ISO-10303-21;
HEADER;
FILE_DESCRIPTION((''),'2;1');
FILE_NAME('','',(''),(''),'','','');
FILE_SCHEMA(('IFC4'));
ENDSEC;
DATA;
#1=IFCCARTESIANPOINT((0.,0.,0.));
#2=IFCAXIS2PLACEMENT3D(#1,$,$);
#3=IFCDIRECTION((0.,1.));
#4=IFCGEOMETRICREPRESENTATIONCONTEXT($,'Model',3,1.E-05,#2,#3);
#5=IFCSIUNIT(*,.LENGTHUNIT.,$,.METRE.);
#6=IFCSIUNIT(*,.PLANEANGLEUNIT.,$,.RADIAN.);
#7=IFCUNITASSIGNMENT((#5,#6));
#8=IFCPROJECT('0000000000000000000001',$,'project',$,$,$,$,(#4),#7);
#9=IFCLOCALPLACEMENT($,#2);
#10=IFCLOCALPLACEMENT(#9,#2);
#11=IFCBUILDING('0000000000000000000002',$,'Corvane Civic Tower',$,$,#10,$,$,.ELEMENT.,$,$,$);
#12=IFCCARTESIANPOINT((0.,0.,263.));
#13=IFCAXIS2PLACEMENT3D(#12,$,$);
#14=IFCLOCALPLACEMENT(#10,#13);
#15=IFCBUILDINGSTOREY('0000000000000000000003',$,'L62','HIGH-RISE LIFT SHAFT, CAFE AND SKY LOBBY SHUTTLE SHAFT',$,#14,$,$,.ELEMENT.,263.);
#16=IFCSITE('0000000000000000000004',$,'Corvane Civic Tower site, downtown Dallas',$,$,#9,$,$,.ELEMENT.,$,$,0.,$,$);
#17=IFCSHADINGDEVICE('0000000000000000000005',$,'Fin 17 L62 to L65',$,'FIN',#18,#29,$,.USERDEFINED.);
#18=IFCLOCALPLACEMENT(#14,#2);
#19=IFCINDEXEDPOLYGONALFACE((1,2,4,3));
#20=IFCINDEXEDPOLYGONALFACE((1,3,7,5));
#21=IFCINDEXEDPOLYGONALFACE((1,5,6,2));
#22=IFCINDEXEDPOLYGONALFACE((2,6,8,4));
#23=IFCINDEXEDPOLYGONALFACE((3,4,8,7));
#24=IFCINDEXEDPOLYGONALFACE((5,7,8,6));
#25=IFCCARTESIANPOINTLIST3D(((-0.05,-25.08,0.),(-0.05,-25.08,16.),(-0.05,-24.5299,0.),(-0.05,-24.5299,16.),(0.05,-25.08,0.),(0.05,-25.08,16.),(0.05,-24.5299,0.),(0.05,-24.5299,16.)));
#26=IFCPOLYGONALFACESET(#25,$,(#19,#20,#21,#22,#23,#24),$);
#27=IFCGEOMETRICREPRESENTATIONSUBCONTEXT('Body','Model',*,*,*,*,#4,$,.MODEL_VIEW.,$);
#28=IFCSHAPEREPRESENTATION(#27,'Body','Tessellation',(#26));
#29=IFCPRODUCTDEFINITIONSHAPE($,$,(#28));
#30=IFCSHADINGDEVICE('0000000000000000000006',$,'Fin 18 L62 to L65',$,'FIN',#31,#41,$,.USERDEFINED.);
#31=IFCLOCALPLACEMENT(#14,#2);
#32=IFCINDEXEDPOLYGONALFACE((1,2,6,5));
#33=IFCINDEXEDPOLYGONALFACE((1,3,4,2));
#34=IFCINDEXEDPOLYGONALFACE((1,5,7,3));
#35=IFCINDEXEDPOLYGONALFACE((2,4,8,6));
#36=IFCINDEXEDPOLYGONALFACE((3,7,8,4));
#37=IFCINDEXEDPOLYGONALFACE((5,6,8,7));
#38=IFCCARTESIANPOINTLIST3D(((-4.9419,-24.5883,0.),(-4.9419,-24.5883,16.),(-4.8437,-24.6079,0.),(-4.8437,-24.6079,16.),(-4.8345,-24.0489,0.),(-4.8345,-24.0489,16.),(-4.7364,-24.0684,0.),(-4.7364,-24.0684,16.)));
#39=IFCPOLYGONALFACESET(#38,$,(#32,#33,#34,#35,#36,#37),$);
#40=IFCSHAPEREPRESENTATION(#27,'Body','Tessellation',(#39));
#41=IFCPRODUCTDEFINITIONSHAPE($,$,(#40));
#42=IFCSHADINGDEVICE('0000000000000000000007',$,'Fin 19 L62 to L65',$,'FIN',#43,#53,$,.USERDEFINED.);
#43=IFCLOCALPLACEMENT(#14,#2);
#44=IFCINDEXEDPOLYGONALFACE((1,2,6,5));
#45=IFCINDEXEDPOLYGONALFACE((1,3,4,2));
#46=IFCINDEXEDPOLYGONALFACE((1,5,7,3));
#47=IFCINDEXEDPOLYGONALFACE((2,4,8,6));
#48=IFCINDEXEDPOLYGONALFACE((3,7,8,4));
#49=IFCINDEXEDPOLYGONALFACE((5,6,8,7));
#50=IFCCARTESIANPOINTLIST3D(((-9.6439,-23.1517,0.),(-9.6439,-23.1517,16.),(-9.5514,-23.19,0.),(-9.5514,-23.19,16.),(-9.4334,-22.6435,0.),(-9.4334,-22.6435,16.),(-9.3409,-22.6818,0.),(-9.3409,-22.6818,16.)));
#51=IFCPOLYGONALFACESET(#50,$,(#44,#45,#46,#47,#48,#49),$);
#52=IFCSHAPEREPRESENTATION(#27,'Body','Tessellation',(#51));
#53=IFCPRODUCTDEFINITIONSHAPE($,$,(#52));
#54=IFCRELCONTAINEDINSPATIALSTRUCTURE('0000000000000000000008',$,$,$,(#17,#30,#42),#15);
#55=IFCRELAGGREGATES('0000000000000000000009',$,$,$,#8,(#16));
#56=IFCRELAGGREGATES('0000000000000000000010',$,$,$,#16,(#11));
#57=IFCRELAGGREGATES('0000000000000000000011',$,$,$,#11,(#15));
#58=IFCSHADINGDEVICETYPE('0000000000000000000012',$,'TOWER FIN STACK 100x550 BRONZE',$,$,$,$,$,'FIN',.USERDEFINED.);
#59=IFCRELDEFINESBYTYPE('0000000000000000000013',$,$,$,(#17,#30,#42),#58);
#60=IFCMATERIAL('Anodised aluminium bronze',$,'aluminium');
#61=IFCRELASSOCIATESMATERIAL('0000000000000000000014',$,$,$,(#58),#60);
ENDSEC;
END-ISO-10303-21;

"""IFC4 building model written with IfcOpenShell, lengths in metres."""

from ifc_helpers import new_model, si_unit, direction, frame, origin, origin_2d, place, context, subcontext, project, spatial, rectangle, extrude, material, material_profile, profile_set, type_object, element, save


model = new_model("IFC4")

# Units and contexts
model_context = context("Model", 3, precision=1e-05, world=origin(), true_north=direction((0.0, 1.0)))
body_context = subcontext(model_context, "Body", "Model", "MODEL_VIEW")
ifc_project = project(units=[si_unit("LENGTHUNIT", "METRE"), si_unit("PLANEANGLEUNIT", "RADIAN")], contexts=[model_context])

# Site, building, storey
site_placement = place(None, origin())
site = spatial("IfcSite", under=ifc_project, at=site_placement, Name="Corvane Civic Tower site, downtown Dallas", CompositionType="ELEMENT", RefElevation=0.0)
building_placement = place(site_placement, origin())
building = spatial("IfcBuilding", under=site, at=building_placement, Name="Corvane Civic Tower", CompositionType="ELEMENT")
storey_placement = place(building_placement, frame((0.0, 0.0, 263.0)))
storey = spatial("IfcBuildingStorey", under=building, at=storey_placement, Name="L62", Description="HIGH-RISE LIFT SHAFT, CAFE AND SKY LOBBY SHUTTLE SHAFT", CompositionType="ELEMENT", Elevation=263.0)

# Shading devices
ifc_material_1 = material(Name="Anodised aluminium bronze", Category="aluminium")
ifc_material_profile_1 = material_profile(ifc_material_1, rectangle(XDim=0.1001, YDim=0.55, at=origin_2d()), Name="TOWER FIN STACK 100x550 BRONZE")
ifc_profile_set_1 = profile_set([ifc_material_profile_1], Name="Anodised aluminium bronze")
shading_device_type = type_object("IfcShadingDeviceType", Name="TOWER FIN STACK 100x550 BRONZE", ElementType="FIN", PredefinedType="USERDEFINED", material=ifc_profile_set_1)
for number, where, z_axis, x_axis, name in (
    (1, (0.0, -24.8049, 0.0), (0.0, 0.0, 1.0), (-1.0, 0.0, 0.0), "Fin 17 L62 to L65"),
    (2, (-4.8391, -24.3284, 0.0), (0.0, 0.0, 1.0), (-0.980785, 0.19509, 0.0), "Fin 18 L62 to L65"),
    (3, (-9.4924, -22.9167, 0.0), (0.0, 0.0, 1.0), (-0.92388, 0.382683, 0.0), "Fin 19 L62 to L65"),
):
    element("IfcShadingDevice", number, at=place(storey_placement, frame(where, z_axis=z_axis, x_axis=x_axis)), inside=storey, type_object=shading_device_type, Name=name, ObjectType="FIN", PredefinedType="USERDEFINED", context=body_context, shape_type="SweptSolid", body=[
        extrude(rectangle(XDim=0.1001, YDim=0.55, at=origin_2d()), origin(), (0.0, 0.0, 1.0), 16.0),
    ])

save(model, "model.ifc")
